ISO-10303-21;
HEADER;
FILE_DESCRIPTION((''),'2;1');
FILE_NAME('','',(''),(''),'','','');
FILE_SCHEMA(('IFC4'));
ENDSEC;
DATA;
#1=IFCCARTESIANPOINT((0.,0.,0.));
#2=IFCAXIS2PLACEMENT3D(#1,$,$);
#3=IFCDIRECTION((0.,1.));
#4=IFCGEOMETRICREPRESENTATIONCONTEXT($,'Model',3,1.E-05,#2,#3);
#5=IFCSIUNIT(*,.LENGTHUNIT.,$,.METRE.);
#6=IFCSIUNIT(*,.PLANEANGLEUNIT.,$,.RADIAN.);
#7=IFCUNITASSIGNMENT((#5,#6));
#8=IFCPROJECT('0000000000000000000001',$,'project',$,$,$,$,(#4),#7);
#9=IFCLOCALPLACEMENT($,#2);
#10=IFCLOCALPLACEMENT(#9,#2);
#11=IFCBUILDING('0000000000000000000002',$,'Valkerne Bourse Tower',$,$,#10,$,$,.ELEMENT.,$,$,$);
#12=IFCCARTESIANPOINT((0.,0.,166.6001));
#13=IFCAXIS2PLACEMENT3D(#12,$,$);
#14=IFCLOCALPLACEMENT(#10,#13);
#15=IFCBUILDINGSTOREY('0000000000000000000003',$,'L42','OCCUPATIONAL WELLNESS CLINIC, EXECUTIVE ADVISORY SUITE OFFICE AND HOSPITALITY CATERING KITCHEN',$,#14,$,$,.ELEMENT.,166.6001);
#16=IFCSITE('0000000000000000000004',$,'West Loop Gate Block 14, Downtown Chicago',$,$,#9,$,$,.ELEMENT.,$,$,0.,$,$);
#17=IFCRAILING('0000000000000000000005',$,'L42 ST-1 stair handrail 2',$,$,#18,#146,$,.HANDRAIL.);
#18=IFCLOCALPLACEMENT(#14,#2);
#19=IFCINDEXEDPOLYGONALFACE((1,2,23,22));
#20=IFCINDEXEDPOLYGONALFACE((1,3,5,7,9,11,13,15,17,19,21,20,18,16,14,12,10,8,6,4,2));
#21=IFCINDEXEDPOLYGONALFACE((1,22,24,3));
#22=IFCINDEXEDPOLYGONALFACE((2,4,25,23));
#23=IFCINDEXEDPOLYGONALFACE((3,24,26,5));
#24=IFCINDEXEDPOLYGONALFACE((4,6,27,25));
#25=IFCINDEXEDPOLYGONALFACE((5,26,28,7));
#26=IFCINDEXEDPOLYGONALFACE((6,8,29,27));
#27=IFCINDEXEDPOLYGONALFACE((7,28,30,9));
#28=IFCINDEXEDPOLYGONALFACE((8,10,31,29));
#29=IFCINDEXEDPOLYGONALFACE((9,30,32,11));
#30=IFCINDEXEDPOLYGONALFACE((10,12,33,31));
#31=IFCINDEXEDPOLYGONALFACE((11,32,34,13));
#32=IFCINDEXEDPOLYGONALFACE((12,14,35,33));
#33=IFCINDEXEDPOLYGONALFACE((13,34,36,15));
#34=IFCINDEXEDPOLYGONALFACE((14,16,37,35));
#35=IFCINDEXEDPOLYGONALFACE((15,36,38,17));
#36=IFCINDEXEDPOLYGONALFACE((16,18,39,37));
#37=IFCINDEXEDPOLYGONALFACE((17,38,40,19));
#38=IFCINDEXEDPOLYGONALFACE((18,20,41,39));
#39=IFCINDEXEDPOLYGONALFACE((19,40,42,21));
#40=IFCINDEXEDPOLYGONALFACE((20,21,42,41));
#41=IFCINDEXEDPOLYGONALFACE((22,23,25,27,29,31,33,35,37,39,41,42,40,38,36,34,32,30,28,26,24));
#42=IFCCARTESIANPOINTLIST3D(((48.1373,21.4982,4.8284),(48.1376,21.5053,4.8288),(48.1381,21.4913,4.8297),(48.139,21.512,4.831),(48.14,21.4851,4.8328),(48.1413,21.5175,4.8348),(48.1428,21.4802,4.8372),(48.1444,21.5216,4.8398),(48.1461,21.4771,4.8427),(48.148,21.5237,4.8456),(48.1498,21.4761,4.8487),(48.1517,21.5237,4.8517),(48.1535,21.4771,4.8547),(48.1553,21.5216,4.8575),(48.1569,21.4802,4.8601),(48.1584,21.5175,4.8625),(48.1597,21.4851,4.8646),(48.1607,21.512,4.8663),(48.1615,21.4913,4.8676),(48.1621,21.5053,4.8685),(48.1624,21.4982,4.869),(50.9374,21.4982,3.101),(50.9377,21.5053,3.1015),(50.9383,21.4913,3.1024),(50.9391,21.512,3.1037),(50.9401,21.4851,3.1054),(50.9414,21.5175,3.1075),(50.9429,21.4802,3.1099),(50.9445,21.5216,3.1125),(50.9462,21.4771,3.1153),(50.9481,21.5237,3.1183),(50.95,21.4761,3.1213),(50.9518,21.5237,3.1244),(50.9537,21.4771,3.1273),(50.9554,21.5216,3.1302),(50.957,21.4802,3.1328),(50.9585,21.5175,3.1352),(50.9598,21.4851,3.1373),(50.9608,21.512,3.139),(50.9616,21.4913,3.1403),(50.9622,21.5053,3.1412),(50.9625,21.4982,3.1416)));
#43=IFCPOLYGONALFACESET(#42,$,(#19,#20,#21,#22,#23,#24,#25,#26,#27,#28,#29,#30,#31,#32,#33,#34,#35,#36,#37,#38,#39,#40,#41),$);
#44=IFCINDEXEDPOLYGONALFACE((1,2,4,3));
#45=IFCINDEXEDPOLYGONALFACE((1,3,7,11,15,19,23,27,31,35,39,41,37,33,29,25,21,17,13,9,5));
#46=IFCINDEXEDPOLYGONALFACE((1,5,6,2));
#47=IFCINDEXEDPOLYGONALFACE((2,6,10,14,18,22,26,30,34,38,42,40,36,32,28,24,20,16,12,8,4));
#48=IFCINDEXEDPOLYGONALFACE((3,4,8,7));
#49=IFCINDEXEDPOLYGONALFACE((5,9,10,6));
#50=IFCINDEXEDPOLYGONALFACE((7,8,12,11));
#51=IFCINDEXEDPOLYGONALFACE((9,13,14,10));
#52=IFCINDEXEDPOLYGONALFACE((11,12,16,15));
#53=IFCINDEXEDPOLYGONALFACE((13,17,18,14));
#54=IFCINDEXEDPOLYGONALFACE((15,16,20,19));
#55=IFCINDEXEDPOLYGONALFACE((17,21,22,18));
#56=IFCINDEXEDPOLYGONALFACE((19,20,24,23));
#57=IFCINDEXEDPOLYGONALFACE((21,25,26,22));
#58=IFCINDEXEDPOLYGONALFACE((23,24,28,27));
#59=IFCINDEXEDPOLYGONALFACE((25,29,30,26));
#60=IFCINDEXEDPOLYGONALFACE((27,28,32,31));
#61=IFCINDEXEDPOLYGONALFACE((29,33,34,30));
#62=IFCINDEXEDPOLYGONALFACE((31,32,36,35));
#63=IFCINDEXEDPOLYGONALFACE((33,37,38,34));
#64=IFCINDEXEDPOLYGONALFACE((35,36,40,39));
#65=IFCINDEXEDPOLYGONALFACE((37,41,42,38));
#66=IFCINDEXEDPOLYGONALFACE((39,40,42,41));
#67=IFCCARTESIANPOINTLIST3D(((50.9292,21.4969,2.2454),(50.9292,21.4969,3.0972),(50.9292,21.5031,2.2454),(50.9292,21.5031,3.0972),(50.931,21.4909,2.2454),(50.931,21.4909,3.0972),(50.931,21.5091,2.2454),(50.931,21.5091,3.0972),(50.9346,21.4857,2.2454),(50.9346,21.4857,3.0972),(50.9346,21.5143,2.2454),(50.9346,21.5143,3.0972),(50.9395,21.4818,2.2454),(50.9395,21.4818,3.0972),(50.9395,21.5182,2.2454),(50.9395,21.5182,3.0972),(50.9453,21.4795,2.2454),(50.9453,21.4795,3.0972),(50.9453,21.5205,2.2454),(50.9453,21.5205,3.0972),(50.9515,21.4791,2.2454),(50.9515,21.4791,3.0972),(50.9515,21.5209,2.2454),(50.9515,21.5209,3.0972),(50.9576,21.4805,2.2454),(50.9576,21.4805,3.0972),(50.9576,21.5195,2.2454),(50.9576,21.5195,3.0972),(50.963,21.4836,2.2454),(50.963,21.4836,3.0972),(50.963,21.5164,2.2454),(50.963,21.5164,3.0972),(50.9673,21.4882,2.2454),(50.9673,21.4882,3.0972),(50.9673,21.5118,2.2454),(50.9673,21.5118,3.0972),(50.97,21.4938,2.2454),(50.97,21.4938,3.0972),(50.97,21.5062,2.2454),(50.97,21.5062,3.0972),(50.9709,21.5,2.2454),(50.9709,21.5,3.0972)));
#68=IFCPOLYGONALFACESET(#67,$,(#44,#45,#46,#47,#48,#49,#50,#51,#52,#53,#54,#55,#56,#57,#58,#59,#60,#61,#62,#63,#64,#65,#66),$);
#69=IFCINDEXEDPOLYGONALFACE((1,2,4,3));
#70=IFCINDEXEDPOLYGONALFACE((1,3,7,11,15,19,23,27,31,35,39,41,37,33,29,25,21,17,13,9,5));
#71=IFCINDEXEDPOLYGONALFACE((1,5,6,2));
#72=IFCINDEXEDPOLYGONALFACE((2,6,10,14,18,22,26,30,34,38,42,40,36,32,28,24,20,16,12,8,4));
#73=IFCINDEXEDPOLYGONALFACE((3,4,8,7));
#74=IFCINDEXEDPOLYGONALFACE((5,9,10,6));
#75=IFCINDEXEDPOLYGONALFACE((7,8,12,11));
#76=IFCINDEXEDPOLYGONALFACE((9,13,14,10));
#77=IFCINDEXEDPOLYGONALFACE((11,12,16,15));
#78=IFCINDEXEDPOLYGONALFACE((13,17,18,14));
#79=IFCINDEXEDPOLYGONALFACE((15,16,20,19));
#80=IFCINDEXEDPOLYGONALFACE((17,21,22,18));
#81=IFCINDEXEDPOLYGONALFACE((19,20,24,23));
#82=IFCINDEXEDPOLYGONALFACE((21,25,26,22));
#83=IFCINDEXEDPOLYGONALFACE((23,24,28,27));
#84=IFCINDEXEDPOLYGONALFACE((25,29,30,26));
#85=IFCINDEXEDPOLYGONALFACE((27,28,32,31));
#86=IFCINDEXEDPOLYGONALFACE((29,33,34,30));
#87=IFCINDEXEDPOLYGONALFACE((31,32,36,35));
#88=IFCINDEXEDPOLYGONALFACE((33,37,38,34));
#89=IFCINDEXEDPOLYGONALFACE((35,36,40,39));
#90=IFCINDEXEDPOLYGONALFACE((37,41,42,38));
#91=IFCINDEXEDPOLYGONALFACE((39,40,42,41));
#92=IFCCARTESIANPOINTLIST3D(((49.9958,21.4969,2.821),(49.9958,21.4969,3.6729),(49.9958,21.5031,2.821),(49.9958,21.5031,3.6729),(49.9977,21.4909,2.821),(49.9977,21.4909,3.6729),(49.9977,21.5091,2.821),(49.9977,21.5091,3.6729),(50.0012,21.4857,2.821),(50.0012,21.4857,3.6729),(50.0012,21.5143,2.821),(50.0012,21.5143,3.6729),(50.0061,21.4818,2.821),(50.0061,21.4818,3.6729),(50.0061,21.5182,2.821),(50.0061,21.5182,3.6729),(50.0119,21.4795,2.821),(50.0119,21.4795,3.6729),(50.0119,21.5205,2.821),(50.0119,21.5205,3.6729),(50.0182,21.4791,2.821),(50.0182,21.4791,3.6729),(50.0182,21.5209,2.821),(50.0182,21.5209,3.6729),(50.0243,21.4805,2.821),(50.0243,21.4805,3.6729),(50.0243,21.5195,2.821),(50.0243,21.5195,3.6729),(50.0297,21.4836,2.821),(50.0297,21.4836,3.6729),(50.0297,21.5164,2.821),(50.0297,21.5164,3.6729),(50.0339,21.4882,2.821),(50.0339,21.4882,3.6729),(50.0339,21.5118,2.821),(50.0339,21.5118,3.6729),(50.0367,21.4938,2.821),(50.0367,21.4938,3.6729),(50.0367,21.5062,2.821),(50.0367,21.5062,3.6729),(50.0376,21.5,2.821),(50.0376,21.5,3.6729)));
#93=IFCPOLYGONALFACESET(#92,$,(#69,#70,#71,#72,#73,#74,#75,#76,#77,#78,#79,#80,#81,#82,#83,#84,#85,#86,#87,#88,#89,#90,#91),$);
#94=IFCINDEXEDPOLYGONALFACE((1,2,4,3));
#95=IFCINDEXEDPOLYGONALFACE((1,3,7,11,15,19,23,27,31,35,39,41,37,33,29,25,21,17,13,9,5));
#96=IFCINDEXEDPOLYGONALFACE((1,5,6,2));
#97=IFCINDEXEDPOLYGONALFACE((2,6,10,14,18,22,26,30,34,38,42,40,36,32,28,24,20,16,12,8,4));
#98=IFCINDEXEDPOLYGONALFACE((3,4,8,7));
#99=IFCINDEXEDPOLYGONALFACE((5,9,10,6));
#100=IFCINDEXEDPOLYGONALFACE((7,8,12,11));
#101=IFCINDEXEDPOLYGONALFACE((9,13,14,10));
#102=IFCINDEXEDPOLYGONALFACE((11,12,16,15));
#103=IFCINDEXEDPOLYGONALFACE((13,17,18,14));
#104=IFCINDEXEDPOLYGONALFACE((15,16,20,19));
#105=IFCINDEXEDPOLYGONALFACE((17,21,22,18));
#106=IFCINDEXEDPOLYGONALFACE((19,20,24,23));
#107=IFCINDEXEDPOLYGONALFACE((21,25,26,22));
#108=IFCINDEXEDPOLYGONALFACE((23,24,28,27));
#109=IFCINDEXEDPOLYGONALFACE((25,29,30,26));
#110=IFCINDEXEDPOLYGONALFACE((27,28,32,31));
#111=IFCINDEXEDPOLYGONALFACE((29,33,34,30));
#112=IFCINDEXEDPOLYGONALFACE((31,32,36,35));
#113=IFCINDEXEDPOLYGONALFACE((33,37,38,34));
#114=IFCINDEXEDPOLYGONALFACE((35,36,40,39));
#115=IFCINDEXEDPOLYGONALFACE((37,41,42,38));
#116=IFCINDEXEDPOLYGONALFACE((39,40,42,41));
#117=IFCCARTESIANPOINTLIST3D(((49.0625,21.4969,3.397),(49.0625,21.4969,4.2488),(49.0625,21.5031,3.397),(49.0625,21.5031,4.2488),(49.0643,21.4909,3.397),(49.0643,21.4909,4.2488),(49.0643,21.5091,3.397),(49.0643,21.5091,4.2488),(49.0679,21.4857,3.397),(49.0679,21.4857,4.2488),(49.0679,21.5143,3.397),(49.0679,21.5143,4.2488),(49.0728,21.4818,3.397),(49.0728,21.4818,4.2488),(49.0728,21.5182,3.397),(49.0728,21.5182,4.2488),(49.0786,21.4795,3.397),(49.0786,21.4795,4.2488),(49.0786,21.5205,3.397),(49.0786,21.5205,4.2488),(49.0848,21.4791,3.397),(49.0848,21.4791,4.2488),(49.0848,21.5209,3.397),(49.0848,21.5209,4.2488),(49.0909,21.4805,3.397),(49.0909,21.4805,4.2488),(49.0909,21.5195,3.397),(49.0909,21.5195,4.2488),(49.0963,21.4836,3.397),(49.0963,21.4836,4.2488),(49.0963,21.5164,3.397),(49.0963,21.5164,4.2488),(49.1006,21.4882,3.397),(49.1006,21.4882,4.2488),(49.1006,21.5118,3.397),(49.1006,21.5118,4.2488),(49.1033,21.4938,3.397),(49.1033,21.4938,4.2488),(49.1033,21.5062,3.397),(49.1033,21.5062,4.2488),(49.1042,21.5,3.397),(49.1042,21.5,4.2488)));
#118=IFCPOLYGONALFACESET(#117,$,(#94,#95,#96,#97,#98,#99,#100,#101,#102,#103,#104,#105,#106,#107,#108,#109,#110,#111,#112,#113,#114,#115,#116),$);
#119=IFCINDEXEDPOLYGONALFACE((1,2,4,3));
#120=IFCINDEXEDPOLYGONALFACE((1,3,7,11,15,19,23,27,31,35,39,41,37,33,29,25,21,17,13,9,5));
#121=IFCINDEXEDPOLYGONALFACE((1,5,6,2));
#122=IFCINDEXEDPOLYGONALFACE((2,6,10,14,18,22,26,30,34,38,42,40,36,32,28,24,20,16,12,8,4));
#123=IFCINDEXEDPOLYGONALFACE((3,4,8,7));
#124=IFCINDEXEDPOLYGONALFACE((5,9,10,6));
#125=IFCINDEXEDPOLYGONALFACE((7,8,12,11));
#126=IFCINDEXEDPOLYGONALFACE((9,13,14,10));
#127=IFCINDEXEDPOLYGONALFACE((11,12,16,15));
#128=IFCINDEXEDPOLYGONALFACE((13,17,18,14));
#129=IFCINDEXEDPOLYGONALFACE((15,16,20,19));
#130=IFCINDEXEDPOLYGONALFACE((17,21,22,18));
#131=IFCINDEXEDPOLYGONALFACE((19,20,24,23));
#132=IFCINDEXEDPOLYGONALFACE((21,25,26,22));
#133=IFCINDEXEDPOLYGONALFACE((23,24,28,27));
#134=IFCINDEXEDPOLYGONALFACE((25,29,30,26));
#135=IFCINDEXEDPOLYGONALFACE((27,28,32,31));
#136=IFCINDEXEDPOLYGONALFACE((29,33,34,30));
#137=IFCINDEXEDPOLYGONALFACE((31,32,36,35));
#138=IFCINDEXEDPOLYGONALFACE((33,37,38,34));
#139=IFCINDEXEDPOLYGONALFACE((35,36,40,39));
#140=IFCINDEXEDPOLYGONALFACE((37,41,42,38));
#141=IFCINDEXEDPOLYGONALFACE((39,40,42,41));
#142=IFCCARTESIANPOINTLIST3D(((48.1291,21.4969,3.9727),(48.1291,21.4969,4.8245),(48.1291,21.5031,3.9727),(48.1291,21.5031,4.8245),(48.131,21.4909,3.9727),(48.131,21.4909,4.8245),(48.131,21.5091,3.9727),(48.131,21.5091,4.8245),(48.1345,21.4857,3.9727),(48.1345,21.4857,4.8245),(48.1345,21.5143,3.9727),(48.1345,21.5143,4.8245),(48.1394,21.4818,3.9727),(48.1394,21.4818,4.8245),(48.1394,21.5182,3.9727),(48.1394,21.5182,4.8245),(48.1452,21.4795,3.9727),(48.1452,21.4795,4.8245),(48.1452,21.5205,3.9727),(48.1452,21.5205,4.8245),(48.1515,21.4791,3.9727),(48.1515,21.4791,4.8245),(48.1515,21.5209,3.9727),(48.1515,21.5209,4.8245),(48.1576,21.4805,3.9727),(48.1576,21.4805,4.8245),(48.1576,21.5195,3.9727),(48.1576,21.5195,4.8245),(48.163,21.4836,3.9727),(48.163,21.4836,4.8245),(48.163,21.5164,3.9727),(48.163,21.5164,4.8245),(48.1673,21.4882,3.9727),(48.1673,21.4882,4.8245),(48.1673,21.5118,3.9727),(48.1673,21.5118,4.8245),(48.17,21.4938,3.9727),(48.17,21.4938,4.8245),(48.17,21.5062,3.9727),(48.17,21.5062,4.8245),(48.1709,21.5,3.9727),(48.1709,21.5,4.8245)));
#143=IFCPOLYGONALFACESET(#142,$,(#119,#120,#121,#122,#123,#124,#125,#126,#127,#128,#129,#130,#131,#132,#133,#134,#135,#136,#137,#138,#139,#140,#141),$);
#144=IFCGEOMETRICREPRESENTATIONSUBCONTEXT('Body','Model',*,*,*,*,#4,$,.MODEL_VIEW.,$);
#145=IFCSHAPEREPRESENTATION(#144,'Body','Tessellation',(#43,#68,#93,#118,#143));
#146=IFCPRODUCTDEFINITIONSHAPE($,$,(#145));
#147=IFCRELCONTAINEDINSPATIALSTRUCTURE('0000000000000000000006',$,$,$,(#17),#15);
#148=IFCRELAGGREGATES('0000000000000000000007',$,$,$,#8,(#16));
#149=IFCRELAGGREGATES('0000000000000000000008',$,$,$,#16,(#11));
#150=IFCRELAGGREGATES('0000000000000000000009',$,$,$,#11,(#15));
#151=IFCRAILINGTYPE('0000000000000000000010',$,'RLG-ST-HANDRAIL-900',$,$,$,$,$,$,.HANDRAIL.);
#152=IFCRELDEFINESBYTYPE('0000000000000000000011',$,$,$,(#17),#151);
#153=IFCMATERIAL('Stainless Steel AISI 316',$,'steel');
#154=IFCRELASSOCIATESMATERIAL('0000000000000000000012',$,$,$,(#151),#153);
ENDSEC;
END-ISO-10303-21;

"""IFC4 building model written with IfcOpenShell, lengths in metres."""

from ifc_helpers import new_model, si_unit, direction, frame, origin, origin_2d, place, context, subcontext, project, spatial, circle, extrude, material, type_object, element, save


model = new_model("IFC4")

# Units and contexts
model_context = context("Model", 3, precision=1e-05, world=origin(), true_north=direction((0.0, 1.0)))
body_context = subcontext(model_context, "Body", "Model", "MODEL_VIEW")
ifc_project = project(units=[si_unit("LENGTHUNIT", "METRE"), si_unit("PLANEANGLEUNIT", "RADIAN")], contexts=[model_context])

# Site, building, storey
site_placement = place(None, origin())
site = spatial("IfcSite", under=ifc_project, at=site_placement, Name="West Loop Gate Block 14, Downtown Chicago", CompositionType="ELEMENT", RefElevation=0.0)
building_placement = place(site_placement, origin())
building = spatial("IfcBuilding", under=site, at=building_placement, Name="Valkerne Bourse Tower", CompositionType="ELEMENT")
storey_placement = place(building_placement, frame((0.0, 0.0, 166.6001)))
storey = spatial("IfcBuildingStorey", under=building, at=storey_placement, Name="L42", Description="OCCUPATIONAL WELLNESS CLINIC, EXECUTIVE ADVISORY SUITE OFFICE AND HOSPITALITY CATERING KITCHEN", CompositionType="ELEMENT", Elevation=166.6001)

# Shared definitions
ifc_material_1 = material(Name="Stainless Steel AISI 316", Category="steel")

# Railing
railing_type_1 = type_object("IfcRailingType", Name="RLG-ST-HANDRAIL-900", PredefinedType="HANDRAIL", material=ifc_material_1)
railing_1_placement = place(storey_placement, frame((50.95, 21.5, 2.2454)))
element("IfcRailing", 1, at=railing_1_placement, inside=storey, type_object=railing_type_1, Name="L42 ST-1 stair handrail 2", PredefinedType="HANDRAIL", context=body_context, shape_type="SweptSolid", body=[
    extrude(circle(Radius=0.0239, at=origin_2d()), frame((0.0, 0.0, 0.876), z_axis=(-0.85109, 0.0, 0.52502), x_axis=(0.0, -1.0, 0.0)), (0.0, 0.0, 1.0), 3.29),
    extrude(circle(Radius=0.021, at=origin_2d()), origin(), (0.0, 0.0, 1.0), 0.8518),
    extrude(circle(Radius=0.021, at=origin_2d()), frame((-0.9333, 0.0, 0.5757)), (0.0, 0.0, 1.0), 0.8518),
    extrude(circle(Radius=0.021, at=origin_2d()), frame((-1.8667, 0.0, 1.1516)), (0.0, 0.0, 1.0), 0.8518),
    extrude(circle(Radius=0.021, at=origin_2d()), frame((-2.8, 0.0, 1.7273)), (0.0, 0.0, 1.0), 0.8518),
])

save(model, "model.ifc")
